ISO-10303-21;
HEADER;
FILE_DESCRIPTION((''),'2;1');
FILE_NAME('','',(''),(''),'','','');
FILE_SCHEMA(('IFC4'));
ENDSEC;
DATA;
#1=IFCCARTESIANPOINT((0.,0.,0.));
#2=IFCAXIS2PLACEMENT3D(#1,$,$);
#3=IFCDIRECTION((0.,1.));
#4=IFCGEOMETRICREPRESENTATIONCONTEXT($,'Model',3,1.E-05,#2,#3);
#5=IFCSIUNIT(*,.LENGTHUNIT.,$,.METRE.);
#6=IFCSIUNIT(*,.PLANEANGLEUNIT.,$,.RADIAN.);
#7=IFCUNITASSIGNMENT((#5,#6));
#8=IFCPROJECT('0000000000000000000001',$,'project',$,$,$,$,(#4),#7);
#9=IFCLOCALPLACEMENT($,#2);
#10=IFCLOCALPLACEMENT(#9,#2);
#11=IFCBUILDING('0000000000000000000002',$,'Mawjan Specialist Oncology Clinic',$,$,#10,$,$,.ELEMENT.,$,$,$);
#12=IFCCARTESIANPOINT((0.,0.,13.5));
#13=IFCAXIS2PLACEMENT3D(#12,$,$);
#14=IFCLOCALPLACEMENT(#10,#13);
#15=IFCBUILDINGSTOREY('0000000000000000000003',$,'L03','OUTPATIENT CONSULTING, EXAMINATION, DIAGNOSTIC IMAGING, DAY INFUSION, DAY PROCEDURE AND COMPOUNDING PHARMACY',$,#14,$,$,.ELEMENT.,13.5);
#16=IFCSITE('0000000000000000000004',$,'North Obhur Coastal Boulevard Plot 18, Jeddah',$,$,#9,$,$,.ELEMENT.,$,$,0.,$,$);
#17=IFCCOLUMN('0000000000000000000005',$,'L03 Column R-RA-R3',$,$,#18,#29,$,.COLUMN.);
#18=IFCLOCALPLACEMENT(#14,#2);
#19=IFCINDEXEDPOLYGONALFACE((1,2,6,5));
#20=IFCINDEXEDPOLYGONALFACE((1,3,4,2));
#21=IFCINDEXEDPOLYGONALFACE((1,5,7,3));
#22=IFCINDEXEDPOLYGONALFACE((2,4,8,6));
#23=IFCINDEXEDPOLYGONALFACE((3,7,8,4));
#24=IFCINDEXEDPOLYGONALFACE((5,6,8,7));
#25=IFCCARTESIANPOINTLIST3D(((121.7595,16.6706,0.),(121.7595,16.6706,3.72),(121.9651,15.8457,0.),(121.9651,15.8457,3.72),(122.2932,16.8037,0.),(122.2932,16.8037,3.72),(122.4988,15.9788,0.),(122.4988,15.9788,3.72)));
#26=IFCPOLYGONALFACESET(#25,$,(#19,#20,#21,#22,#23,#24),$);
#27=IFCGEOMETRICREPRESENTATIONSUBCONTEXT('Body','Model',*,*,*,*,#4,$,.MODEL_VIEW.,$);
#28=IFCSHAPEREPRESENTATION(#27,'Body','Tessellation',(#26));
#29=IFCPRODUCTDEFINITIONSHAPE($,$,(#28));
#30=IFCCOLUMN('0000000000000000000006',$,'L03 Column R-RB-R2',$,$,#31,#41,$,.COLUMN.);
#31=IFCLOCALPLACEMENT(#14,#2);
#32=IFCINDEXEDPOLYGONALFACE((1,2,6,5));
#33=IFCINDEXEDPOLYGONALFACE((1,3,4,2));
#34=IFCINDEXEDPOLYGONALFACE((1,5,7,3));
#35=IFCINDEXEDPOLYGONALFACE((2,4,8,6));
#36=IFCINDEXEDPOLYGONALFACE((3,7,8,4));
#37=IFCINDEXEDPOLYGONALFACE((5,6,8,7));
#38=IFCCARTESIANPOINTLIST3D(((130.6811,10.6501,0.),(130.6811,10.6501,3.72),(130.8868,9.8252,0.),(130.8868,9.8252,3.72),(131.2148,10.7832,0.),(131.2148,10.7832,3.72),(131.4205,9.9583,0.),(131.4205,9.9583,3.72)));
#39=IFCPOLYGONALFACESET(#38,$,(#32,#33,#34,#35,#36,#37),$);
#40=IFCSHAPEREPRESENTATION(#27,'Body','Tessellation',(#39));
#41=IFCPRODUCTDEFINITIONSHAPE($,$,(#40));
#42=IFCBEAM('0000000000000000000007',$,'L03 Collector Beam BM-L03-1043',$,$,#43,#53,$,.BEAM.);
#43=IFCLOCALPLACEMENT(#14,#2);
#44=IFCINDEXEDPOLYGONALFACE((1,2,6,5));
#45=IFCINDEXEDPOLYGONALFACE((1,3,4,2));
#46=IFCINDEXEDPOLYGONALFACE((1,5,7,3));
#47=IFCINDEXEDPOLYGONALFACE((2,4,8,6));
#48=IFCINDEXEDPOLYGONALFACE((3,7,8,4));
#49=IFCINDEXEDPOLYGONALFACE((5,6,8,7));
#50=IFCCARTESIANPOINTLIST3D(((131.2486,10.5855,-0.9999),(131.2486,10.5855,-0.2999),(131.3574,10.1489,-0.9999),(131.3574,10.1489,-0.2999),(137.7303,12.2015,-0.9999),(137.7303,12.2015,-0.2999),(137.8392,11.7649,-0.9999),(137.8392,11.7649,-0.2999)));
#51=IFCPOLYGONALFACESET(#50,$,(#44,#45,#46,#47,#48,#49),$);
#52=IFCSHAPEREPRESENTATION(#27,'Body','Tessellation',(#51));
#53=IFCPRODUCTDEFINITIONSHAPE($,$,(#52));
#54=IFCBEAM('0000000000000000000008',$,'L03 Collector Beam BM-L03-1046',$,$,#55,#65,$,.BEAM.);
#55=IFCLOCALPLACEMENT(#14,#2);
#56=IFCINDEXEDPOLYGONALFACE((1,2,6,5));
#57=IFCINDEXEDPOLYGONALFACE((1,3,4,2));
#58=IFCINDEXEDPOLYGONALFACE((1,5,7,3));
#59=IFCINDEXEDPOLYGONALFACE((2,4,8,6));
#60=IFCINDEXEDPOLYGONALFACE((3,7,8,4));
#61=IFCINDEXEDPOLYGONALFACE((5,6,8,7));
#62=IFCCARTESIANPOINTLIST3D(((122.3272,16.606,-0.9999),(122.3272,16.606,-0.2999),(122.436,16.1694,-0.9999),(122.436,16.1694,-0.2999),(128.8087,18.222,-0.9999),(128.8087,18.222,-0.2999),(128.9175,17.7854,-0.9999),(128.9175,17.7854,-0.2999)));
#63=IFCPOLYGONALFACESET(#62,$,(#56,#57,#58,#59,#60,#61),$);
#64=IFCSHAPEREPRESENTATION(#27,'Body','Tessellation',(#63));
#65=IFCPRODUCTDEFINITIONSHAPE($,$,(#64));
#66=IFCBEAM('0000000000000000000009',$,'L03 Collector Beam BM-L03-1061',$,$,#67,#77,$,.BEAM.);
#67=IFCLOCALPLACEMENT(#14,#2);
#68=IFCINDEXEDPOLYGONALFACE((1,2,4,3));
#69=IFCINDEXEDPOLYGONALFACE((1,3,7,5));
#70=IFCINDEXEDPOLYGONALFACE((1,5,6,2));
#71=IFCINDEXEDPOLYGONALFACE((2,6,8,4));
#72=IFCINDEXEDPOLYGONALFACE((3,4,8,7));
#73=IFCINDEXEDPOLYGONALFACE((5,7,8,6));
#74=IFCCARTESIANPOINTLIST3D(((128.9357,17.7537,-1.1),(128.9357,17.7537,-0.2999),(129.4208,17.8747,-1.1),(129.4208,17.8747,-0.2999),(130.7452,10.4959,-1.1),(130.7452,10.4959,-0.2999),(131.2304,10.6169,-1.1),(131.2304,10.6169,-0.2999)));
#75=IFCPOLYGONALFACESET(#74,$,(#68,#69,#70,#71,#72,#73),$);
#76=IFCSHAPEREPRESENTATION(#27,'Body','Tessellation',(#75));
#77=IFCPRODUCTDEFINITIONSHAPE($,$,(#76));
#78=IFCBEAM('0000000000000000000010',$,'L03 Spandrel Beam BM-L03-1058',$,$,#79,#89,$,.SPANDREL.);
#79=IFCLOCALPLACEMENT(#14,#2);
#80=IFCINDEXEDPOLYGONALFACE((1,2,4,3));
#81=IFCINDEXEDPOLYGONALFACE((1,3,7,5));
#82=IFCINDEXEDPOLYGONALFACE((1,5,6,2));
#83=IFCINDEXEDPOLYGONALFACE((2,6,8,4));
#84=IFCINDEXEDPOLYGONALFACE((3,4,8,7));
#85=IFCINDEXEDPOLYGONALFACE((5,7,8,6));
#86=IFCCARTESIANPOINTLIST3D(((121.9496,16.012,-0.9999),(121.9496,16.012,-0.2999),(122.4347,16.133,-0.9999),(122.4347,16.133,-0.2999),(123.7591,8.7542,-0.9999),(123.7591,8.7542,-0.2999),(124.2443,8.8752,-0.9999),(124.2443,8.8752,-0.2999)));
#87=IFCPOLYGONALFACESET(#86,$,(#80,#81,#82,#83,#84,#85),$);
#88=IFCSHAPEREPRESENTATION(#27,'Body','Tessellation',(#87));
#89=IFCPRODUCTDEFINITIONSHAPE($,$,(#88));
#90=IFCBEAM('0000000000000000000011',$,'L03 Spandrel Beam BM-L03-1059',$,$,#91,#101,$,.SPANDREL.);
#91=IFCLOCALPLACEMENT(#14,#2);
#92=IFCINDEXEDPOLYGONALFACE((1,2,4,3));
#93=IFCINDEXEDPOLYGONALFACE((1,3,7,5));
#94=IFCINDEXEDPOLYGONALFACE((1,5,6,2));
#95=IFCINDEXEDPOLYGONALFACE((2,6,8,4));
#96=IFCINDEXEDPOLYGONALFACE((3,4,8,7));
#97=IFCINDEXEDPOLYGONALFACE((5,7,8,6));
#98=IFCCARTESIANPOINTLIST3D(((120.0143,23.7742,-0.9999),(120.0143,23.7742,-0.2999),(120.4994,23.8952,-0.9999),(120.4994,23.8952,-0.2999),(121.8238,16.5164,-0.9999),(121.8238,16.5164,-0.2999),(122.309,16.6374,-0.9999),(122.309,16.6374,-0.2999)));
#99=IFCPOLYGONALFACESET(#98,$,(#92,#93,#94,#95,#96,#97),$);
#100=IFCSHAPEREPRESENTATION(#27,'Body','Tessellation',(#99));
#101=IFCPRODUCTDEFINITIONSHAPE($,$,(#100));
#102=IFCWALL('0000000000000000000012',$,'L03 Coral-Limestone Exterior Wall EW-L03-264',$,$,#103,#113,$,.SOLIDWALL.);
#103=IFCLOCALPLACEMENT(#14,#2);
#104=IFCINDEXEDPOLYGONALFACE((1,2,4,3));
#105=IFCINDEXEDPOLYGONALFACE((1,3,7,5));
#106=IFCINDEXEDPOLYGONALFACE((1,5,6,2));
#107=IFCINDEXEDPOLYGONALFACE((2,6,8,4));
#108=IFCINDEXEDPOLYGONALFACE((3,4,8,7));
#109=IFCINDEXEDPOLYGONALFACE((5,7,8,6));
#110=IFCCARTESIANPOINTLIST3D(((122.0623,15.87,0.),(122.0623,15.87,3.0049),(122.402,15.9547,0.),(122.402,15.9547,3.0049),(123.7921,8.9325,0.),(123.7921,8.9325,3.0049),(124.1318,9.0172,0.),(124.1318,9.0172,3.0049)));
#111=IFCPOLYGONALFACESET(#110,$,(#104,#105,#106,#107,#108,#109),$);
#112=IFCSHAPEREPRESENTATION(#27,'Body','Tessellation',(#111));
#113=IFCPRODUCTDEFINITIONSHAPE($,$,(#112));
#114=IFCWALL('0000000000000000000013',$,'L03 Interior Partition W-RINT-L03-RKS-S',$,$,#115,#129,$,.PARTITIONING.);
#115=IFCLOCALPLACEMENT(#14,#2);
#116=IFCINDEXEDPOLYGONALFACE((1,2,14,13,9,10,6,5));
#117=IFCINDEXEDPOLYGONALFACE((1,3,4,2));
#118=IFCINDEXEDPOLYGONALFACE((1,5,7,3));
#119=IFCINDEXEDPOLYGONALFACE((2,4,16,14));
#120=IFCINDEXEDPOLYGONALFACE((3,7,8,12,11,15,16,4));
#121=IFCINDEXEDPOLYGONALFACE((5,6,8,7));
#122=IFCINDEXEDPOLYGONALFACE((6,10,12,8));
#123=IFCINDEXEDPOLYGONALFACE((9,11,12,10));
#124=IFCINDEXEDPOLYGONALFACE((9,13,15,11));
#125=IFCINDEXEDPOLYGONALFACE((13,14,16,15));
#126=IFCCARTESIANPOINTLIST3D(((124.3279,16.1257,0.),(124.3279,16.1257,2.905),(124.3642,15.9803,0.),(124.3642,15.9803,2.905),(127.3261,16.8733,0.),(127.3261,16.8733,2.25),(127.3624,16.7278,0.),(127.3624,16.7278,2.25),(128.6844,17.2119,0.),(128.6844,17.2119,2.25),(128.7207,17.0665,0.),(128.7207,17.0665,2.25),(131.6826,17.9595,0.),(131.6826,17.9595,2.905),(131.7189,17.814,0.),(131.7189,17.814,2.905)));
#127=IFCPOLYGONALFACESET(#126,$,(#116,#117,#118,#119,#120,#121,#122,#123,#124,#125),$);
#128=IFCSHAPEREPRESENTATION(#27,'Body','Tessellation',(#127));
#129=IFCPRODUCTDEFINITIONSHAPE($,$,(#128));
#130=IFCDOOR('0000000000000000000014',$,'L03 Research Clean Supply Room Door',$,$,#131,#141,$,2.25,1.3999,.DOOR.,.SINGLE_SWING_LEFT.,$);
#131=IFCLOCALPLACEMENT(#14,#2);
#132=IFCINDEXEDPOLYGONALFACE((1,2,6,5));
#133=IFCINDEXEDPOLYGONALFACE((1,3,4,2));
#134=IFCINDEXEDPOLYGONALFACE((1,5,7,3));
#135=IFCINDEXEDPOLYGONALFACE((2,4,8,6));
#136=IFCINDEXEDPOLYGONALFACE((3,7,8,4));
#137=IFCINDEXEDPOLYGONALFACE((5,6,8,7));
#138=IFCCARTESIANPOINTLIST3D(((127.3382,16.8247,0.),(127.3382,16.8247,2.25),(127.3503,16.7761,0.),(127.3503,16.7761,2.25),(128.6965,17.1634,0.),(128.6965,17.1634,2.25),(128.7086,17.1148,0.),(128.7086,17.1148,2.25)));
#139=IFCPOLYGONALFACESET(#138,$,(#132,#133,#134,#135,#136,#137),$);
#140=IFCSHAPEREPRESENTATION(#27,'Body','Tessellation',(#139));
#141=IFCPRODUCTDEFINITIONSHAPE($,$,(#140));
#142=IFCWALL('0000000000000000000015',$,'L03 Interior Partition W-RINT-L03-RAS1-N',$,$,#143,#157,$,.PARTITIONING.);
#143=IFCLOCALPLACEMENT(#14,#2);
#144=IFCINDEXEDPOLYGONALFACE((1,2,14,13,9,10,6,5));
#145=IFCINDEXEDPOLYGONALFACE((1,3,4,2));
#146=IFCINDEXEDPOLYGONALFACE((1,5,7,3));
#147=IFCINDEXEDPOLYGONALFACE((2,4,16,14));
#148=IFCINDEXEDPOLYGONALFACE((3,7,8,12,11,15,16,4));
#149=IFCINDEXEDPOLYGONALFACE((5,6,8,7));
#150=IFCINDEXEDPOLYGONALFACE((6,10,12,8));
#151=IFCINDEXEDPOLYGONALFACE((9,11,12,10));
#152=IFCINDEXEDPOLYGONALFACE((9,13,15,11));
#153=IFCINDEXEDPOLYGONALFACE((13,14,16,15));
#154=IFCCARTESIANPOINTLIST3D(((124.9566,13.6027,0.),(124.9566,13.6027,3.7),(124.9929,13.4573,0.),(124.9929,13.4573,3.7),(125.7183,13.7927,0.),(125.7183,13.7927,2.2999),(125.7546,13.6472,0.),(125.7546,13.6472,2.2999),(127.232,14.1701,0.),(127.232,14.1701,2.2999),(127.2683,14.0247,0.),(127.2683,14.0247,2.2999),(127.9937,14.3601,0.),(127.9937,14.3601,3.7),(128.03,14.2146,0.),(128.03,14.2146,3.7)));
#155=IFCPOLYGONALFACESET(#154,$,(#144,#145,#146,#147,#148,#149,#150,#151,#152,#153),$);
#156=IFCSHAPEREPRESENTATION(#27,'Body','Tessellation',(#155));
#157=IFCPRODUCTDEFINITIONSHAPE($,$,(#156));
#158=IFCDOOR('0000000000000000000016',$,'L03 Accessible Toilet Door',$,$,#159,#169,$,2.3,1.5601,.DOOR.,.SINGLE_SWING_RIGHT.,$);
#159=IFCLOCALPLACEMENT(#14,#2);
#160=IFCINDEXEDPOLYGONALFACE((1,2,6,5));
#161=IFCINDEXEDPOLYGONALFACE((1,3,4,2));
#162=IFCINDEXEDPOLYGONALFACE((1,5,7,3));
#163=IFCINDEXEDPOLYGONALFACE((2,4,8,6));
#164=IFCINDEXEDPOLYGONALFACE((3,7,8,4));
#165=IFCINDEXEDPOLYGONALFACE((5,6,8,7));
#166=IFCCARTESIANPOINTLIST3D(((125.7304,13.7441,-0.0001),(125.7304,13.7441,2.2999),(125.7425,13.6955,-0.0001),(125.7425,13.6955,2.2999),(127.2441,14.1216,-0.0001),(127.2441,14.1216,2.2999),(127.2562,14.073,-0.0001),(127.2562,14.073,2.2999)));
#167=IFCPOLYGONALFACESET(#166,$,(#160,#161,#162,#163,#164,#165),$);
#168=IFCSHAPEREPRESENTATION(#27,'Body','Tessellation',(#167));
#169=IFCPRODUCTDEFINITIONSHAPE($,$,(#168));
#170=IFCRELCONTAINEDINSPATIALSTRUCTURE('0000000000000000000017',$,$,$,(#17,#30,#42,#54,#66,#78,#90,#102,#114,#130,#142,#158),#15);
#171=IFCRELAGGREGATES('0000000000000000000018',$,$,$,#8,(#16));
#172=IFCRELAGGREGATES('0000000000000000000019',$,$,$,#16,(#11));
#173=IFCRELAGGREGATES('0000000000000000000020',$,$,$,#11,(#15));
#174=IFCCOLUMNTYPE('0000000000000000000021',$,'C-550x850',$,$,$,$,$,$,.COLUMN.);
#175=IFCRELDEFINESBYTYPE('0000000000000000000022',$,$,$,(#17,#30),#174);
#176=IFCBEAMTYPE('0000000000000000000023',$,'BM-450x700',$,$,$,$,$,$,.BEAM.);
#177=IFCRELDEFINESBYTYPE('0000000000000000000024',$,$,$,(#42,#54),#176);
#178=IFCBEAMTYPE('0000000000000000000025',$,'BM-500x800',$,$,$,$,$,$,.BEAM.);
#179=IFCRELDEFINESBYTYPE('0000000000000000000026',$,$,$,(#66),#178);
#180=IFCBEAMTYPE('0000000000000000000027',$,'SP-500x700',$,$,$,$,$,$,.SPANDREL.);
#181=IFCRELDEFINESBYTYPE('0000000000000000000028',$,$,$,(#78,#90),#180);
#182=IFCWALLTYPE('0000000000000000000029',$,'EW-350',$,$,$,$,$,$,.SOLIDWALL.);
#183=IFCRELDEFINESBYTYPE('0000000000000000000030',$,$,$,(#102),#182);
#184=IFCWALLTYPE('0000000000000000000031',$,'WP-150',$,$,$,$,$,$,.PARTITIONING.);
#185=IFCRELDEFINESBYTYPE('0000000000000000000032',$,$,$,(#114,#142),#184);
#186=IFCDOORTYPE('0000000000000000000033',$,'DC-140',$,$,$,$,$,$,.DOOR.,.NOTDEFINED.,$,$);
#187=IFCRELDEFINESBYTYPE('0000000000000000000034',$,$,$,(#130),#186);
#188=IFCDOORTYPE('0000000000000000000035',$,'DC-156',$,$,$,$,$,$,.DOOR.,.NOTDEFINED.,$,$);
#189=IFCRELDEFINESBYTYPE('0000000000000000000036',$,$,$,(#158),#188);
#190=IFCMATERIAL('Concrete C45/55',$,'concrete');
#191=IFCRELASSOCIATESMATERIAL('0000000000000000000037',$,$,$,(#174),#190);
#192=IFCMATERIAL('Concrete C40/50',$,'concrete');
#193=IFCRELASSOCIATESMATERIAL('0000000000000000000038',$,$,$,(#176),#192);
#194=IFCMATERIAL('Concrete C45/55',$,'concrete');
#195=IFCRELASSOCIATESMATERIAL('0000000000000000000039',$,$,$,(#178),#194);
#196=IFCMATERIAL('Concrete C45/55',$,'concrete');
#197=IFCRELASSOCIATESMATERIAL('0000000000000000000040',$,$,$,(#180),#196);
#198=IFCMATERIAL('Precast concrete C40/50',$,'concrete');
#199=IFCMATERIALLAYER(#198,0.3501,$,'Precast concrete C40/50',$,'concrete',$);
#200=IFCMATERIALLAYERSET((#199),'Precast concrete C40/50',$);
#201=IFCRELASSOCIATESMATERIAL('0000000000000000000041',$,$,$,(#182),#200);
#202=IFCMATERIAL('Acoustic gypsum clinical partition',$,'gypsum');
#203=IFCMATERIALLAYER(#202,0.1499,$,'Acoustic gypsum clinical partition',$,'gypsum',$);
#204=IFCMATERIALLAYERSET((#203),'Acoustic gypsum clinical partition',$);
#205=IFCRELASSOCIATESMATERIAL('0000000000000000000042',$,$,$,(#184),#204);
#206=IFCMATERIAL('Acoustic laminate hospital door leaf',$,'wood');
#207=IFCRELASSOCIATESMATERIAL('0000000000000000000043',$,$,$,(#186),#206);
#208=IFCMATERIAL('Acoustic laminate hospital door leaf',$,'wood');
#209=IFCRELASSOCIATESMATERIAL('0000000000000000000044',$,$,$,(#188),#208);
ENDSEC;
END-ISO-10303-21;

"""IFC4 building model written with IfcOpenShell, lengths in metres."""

from ifc_helpers import new_model, si_unit, direction, frame, frame_2d, origin, origin_2d, place, context, subcontext, project, spatial, rectangle, extrude, material, layer, layer_set, material_profile, profile_set, type_object, element, fill, save


model = new_model("IFC4")

# Units and contexts
model_context = context("Model", 3, precision=1e-05, world=origin(), true_north=direction((0.0, 1.0)))
body_context = subcontext(model_context, "Body", "Model", "MODEL_VIEW")
ifc_project = project(units=[si_unit("LENGTHUNIT", "METRE"), si_unit("PLANEANGLEUNIT", "RADIAN")], contexts=[model_context])

# Site, building, storey
site_placement = place(None, origin())
site = spatial("IfcSite", under=ifc_project, at=site_placement, Name="North Obhur Coastal Boulevard Plot 18, Jeddah", CompositionType="ELEMENT", RefElevation=0.0)
building_placement = place(site_placement, origin())
building = spatial("IfcBuilding", under=site, at=building_placement, Name="Mawjan Specialist Oncology Clinic", CompositionType="ELEMENT")
storey_placement = place(building_placement, frame((0.0, 0.0, 13.5)))
storey = spatial("IfcBuildingStorey", under=building, at=storey_placement, Name="L03", Description="OUTPATIENT CONSULTING, EXAMINATION, DIAGNOSTIC IMAGING, DAY INFUSION, DAY PROCEDURE AND COMPOUNDING PHARMACY", CompositionType="ELEMENT", Elevation=13.5)

# Columns
ifc_material_1 = material(Name="Concrete C45/55", Category="concrete")
ifc_material_profile_1 = material_profile(ifc_material_1, rectangle(XDim=0.55, YDim=0.8501, at=origin_2d()), Name="RC COL 550x850", Category="concrete")
ifc_profile_set_1 = profile_set([ifc_material_profile_1], Name="Concrete C45/55")
column_type = type_object("IfcColumnType", Name="C-550x850", PredefinedType="COLUMN", material=ifc_profile_set_1)
for number, where, z_axis, x_axis, name in (
    (1, (122.1292, 16.3247, 0.0), (0.0, 0.0, 1.0), (0.970296, 0.241922, 0.0), "L03 Column R-RA-R3"),
    (2, (131.0508, 10.3042, 0.0), (0.0, 0.0, 1.0), (0.970296, 0.241922, 0.0), "L03 Column R-RB-R2"),
):
    element("IfcColumn", number, at=place(storey_placement, frame(where, z_axis=z_axis, x_axis=x_axis)), inside=storey, type_object=column_type, Name=name, PredefinedType="COLUMN", context=body_context, shape_type="SweptSolid", body=[
        extrude(rectangle(XDim=0.55, YDim=0.8501, at=origin_2d()), origin(), (0.0, 0.0, 1.0), 3.72),
    ])

# Beams
ifc_material_2 = material(Name="Concrete C40/50", Category="concrete")
ifc_material_profile_2 = material_profile(ifc_material_2, rectangle(XDim=0.45, YDim=0.7, at=origin_2d()), Name="RC BM 450x700", Category="concrete")
ifc_profile_set_2 = profile_set([ifc_material_profile_2], Name="Concrete C40/50")
beam_type_1 = type_object("IfcBeamType", Name="BM-450x700", PredefinedType="BEAM", material=ifc_profile_set_2)
beam_1_placement = place(storey_placement, frame((131.303, 10.3672, -0.6499), z_axis=(0.970299, 0.241908, 0.0), x_axis=(-0.241908, 0.970299, 0.0)))
element("IfcBeam", 3, at=beam_1_placement, inside=storey, type_object=beam_type_1, Name="L03 Collector Beam BM-L03-1043", PredefinedType="BEAM", context=body_context, shape_type="SweptSolid", body=[
    extrude(rectangle(XDim=0.45, YDim=0.7, at=origin_2d()), origin(), (0.0, 0.0, 1.0), 6.6802),
])
beam_2_placement = place(storey_placement, frame((122.3816, 16.3877, -0.6499), z_axis=(0.970297, 0.241916, 0.0), x_axis=(-0.241916, 0.970297, 0.0)))
element("IfcBeam", 4, at=beam_2_placement, inside=storey, type_object=beam_type_1, Name="L03 Collector Beam BM-L03-1046", PredefinedType="BEAM", context=body_context, shape_type="SweptSolid", body=[
    extrude(rectangle(XDim=0.45, YDim=0.7, at=origin_2d()), origin(), (0.0, 0.0, 1.0), 6.6799),
])
ifc_material_3 = material(Name="Concrete C45/55", Category="concrete")
ifc_material_profile_3 = material_profile(ifc_material_3, rectangle(XDim=0.5, YDim=0.8, at=origin_2d()), Name="RC BM 500x800", Category="concrete")
ifc_profile_set_3 = profile_set([ifc_material_profile_3], Name="Concrete C45/55")
beam_type_2 = type_object("IfcBeamType", Name="BM-500x800", PredefinedType="BEAM", material=ifc_profile_set_3)
beam_3_placement = place(storey_placement, frame((130.9878, 10.5564, -0.7), z_axis=(-0.241921, 0.970296, 0.0), x_axis=(-0.970296, -0.241921, 0.0)))
element("IfcBeam", 5, at=beam_3_placement, inside=storey, type_object=beam_type_2, Name="L03 Collector Beam BM-L03-1061", PredefinedType="BEAM", context=body_context, shape_type="SweptSolid", body=[
    extrude(rectangle(XDim=0.5, YDim=0.8, at=origin_2d()), origin(), (0.0, 0.0, 1.0), 7.48),
])
ifc_material_4 = material(Name="Concrete C45/55", Category="concrete")
ifc_material_profile_4 = material_profile(ifc_material_4, rectangle(XDim=0.5, YDim=0.7, at=origin_2d()), Name="RC BM 500x700", Category="concrete")
ifc_profile_set_4 = profile_set([ifc_material_profile_4], Name="Concrete C45/55")
beam_type_3 = type_object("IfcBeamType", Name="SP-500x700", PredefinedType="SPANDREL", material=ifc_profile_set_4)
for number, where, z_axis, x_axis, name in (
    (6, (124.0017, 8.8147, -0.6499), (-0.241921, 0.970296, 0.0), (-0.970296, -0.241921, 0.0), "L03 Spandrel Beam BM-L03-1058"),
    (7, (122.0664, 16.5769, -0.6499), (-0.241921, 0.970296, 0.0), (-0.970296, -0.241921, 0.0), "L03 Spandrel Beam BM-L03-1059"),
):
    element("IfcBeam", number, at=place(storey_placement, frame(where, z_axis=z_axis, x_axis=x_axis)), inside=storey, type_object=beam_type_3, Name=name, PredefinedType="SPANDREL", context=body_context, shape_type="SweptSolid", body=[
        extrude(rectangle(XDim=0.5, YDim=0.7, at=origin_2d()), origin(), (0.0, 0.0, 1.0), 7.48),
    ])

# Wall
ifc_material_5 = material(Name="Precast concrete C40/50", Category="concrete")
ifc_layer_1 = layer(ifc_material_5, 0.3501, Name="Precast concrete C40/50", Category="concrete")
ifc_layer_set_1 = layer_set([ifc_layer_1], Name="Precast concrete C40/50")
wall_type_1 = type_object("IfcWallType", Name="EW-350", PredefinedType="SOLIDWALL", material=ifc_layer_set_1)
wall_1_placement = place(storey_placement, frame((123.9619, 8.9749, 0.0), z_axis=(0.0, 0.0, 1.0), x_axis=(-0.241925, 0.970295, 0.0)))
element("IfcWall", 8, at=wall_1_placement, inside=storey, type_object=wall_type_1, Name="L03 Coral-Limestone Exterior Wall EW-L03-264", PredefinedType="SOLIDWALL", context=body_context, shape_type="SweptSolid", body=[
    extrude(rectangle(XDim=7.1499, YDim=0.3501, at=frame_2d((3.575, 0.0))), origin(), (0.0, 0.0, 1.0), 3.0049),
])

# Walls, openings, doors
ifc_material_6 = material(Name="Acoustic gypsum clinical partition", Category="gypsum")
ifc_layer_2 = layer(ifc_material_6, 0.1499, Name="Acoustic gypsum clinical partition", Category="gypsum")
ifc_layer_set_2 = layer_set([ifc_layer_2], Name="Acoustic gypsum clinical partition")
wall_type_2 = type_object("IfcWallType", Name="WP-150", PredefinedType="PARTITIONING", material=ifc_layer_set_2)
wall_2_placement = place(storey_placement, frame((124.3459, 16.053, 0.0), z_axis=(0.0, 0.0, 1.0), x_axis=(0.970296, 0.241922, 0.0)))
wall_2 = element("IfcWall", 9, at=wall_2_placement, inside=storey, type_object=wall_type_2, Name="L03 Interior Partition W-RINT-L03-RKS-S", PredefinedType="PARTITIONING", context=body_context, shape_type="SweptSolid", body=[
    extrude(rectangle(XDim=7.5798, YDim=0.1499, at=frame_2d((3.79, 0.0))), origin(), (0.0, 0.0, 1.0), 2.905),
])
opening_1_placement = place(wall_2_placement, frame((3.0901, 0.0, 0.0)))
opening_1 = element("IfcOpeningElement", 10, at=opening_1_placement, cuts=wall_2, PredefinedType="OPENING", context=body_context, shape_type="SweptSolid", body=[
    extrude(rectangle(XDim=1.3999, YDim=2.25, at=frame_2d((0.7, 1.125))), frame((0.0, 0.0869, 0.0), z_axis=(0.0, -1.0, 0.0), x_axis=(1.0, 0.0, 0.0)), (0.0, 0.0, 1.0), 0.1738),
])
ifc_material_7 = material(Name="Acoustic laminate hospital door leaf", Category="wood")
door_type_1 = type_object("IfcDoorType", Name="DC-140", OperationType="NOTDEFINED", PredefinedType="DOOR", material=ifc_material_7)
door_1_placement = place(opening_1_placement, origin())
door_1 = element("IfcDoor", 11, at=door_1_placement, inside=storey, type_object=door_type_1, Name="L03 Research Clean Supply Room Door", OperationType="SINGLE_SWING_LEFT", OverallHeight=2.25, OverallWidth=1.3999, PredefinedType="DOOR", context=body_context, shape_type="SweptSolid", body=[
    extrude(rectangle(XDim=1.3999, YDim=2.25, at=frame_2d((0.7, 1.125))), frame((0.0, 0.0249, 0.0), z_axis=(0.0, -1.0, 0.0), x_axis=(1.0, 0.0, 0.0)), (0.0, 0.0, 1.0), 0.05),
])
fill(opening_1, door_1)
wall_3_placement = place(storey_placement, frame((124.9749, 13.53, 0.0), z_axis=(0.0, 0.0, 1.0), x_axis=(0.970289, 0.241948, 0.0)))
wall_3 = element("IfcWall", 12, at=wall_3_placement, inside=storey, type_object=wall_type_2, Name="L03 Interior Partition W-RINT-L03-RAS1-N", PredefinedType="PARTITIONING", context=body_context, shape_type="SweptSolid", body=[
    extrude(rectangle(XDim=3.1301, YDim=0.1499, at=frame_2d((1.5649, 0.0))), origin(), (0.0, 0.0, 1.0), 3.7),
])
opening_2_placement = place(wall_3_placement, frame((0.7849, 0.0, 0.0)))
opening_2 = element("IfcOpeningElement", 13, at=opening_2_placement, cuts=wall_3, PredefinedType="OPENING", context=body_context, shape_type="SweptSolid", body=[
    extrude(rectangle(XDim=1.5601, YDim=2.3, at=frame_2d((0.78, 1.1499))), frame((0.0, 0.0869, 0.0), z_axis=(0.0, -1.0, 0.0), x_axis=(1.0, 0.0, 0.0)), (0.0, 0.0, 1.0), 0.1738),
])
ifc_material_8 = material(Name="Acoustic laminate hospital door leaf", Category="wood")
door_type_2 = type_object("IfcDoorType", Name="DC-156", OperationType="NOTDEFINED", PredefinedType="DOOR", material=ifc_material_8)
door_2_placement = place(opening_2_placement, origin())
door_2 = element("IfcDoor", 14, at=door_2_placement, inside=storey, type_object=door_type_2, Name="L03 Accessible Toilet Door", OperationType="SINGLE_SWING_RIGHT", OverallHeight=2.3, OverallWidth=1.5601, PredefinedType="DOOR", context=body_context, shape_type="SweptSolid", body=[
    extrude(rectangle(XDim=1.5601, YDim=2.3, at=frame_2d((0.78, 1.1499))), frame((0.0, 0.0249, 0.0), z_axis=(0.0, -1.0, 0.0), x_axis=(1.0, 0.0, 0.0)), (0.0, 0.0, 1.0), 0.05),
])
fill(opening_2, door_2)

save(model, "model.ifc")
